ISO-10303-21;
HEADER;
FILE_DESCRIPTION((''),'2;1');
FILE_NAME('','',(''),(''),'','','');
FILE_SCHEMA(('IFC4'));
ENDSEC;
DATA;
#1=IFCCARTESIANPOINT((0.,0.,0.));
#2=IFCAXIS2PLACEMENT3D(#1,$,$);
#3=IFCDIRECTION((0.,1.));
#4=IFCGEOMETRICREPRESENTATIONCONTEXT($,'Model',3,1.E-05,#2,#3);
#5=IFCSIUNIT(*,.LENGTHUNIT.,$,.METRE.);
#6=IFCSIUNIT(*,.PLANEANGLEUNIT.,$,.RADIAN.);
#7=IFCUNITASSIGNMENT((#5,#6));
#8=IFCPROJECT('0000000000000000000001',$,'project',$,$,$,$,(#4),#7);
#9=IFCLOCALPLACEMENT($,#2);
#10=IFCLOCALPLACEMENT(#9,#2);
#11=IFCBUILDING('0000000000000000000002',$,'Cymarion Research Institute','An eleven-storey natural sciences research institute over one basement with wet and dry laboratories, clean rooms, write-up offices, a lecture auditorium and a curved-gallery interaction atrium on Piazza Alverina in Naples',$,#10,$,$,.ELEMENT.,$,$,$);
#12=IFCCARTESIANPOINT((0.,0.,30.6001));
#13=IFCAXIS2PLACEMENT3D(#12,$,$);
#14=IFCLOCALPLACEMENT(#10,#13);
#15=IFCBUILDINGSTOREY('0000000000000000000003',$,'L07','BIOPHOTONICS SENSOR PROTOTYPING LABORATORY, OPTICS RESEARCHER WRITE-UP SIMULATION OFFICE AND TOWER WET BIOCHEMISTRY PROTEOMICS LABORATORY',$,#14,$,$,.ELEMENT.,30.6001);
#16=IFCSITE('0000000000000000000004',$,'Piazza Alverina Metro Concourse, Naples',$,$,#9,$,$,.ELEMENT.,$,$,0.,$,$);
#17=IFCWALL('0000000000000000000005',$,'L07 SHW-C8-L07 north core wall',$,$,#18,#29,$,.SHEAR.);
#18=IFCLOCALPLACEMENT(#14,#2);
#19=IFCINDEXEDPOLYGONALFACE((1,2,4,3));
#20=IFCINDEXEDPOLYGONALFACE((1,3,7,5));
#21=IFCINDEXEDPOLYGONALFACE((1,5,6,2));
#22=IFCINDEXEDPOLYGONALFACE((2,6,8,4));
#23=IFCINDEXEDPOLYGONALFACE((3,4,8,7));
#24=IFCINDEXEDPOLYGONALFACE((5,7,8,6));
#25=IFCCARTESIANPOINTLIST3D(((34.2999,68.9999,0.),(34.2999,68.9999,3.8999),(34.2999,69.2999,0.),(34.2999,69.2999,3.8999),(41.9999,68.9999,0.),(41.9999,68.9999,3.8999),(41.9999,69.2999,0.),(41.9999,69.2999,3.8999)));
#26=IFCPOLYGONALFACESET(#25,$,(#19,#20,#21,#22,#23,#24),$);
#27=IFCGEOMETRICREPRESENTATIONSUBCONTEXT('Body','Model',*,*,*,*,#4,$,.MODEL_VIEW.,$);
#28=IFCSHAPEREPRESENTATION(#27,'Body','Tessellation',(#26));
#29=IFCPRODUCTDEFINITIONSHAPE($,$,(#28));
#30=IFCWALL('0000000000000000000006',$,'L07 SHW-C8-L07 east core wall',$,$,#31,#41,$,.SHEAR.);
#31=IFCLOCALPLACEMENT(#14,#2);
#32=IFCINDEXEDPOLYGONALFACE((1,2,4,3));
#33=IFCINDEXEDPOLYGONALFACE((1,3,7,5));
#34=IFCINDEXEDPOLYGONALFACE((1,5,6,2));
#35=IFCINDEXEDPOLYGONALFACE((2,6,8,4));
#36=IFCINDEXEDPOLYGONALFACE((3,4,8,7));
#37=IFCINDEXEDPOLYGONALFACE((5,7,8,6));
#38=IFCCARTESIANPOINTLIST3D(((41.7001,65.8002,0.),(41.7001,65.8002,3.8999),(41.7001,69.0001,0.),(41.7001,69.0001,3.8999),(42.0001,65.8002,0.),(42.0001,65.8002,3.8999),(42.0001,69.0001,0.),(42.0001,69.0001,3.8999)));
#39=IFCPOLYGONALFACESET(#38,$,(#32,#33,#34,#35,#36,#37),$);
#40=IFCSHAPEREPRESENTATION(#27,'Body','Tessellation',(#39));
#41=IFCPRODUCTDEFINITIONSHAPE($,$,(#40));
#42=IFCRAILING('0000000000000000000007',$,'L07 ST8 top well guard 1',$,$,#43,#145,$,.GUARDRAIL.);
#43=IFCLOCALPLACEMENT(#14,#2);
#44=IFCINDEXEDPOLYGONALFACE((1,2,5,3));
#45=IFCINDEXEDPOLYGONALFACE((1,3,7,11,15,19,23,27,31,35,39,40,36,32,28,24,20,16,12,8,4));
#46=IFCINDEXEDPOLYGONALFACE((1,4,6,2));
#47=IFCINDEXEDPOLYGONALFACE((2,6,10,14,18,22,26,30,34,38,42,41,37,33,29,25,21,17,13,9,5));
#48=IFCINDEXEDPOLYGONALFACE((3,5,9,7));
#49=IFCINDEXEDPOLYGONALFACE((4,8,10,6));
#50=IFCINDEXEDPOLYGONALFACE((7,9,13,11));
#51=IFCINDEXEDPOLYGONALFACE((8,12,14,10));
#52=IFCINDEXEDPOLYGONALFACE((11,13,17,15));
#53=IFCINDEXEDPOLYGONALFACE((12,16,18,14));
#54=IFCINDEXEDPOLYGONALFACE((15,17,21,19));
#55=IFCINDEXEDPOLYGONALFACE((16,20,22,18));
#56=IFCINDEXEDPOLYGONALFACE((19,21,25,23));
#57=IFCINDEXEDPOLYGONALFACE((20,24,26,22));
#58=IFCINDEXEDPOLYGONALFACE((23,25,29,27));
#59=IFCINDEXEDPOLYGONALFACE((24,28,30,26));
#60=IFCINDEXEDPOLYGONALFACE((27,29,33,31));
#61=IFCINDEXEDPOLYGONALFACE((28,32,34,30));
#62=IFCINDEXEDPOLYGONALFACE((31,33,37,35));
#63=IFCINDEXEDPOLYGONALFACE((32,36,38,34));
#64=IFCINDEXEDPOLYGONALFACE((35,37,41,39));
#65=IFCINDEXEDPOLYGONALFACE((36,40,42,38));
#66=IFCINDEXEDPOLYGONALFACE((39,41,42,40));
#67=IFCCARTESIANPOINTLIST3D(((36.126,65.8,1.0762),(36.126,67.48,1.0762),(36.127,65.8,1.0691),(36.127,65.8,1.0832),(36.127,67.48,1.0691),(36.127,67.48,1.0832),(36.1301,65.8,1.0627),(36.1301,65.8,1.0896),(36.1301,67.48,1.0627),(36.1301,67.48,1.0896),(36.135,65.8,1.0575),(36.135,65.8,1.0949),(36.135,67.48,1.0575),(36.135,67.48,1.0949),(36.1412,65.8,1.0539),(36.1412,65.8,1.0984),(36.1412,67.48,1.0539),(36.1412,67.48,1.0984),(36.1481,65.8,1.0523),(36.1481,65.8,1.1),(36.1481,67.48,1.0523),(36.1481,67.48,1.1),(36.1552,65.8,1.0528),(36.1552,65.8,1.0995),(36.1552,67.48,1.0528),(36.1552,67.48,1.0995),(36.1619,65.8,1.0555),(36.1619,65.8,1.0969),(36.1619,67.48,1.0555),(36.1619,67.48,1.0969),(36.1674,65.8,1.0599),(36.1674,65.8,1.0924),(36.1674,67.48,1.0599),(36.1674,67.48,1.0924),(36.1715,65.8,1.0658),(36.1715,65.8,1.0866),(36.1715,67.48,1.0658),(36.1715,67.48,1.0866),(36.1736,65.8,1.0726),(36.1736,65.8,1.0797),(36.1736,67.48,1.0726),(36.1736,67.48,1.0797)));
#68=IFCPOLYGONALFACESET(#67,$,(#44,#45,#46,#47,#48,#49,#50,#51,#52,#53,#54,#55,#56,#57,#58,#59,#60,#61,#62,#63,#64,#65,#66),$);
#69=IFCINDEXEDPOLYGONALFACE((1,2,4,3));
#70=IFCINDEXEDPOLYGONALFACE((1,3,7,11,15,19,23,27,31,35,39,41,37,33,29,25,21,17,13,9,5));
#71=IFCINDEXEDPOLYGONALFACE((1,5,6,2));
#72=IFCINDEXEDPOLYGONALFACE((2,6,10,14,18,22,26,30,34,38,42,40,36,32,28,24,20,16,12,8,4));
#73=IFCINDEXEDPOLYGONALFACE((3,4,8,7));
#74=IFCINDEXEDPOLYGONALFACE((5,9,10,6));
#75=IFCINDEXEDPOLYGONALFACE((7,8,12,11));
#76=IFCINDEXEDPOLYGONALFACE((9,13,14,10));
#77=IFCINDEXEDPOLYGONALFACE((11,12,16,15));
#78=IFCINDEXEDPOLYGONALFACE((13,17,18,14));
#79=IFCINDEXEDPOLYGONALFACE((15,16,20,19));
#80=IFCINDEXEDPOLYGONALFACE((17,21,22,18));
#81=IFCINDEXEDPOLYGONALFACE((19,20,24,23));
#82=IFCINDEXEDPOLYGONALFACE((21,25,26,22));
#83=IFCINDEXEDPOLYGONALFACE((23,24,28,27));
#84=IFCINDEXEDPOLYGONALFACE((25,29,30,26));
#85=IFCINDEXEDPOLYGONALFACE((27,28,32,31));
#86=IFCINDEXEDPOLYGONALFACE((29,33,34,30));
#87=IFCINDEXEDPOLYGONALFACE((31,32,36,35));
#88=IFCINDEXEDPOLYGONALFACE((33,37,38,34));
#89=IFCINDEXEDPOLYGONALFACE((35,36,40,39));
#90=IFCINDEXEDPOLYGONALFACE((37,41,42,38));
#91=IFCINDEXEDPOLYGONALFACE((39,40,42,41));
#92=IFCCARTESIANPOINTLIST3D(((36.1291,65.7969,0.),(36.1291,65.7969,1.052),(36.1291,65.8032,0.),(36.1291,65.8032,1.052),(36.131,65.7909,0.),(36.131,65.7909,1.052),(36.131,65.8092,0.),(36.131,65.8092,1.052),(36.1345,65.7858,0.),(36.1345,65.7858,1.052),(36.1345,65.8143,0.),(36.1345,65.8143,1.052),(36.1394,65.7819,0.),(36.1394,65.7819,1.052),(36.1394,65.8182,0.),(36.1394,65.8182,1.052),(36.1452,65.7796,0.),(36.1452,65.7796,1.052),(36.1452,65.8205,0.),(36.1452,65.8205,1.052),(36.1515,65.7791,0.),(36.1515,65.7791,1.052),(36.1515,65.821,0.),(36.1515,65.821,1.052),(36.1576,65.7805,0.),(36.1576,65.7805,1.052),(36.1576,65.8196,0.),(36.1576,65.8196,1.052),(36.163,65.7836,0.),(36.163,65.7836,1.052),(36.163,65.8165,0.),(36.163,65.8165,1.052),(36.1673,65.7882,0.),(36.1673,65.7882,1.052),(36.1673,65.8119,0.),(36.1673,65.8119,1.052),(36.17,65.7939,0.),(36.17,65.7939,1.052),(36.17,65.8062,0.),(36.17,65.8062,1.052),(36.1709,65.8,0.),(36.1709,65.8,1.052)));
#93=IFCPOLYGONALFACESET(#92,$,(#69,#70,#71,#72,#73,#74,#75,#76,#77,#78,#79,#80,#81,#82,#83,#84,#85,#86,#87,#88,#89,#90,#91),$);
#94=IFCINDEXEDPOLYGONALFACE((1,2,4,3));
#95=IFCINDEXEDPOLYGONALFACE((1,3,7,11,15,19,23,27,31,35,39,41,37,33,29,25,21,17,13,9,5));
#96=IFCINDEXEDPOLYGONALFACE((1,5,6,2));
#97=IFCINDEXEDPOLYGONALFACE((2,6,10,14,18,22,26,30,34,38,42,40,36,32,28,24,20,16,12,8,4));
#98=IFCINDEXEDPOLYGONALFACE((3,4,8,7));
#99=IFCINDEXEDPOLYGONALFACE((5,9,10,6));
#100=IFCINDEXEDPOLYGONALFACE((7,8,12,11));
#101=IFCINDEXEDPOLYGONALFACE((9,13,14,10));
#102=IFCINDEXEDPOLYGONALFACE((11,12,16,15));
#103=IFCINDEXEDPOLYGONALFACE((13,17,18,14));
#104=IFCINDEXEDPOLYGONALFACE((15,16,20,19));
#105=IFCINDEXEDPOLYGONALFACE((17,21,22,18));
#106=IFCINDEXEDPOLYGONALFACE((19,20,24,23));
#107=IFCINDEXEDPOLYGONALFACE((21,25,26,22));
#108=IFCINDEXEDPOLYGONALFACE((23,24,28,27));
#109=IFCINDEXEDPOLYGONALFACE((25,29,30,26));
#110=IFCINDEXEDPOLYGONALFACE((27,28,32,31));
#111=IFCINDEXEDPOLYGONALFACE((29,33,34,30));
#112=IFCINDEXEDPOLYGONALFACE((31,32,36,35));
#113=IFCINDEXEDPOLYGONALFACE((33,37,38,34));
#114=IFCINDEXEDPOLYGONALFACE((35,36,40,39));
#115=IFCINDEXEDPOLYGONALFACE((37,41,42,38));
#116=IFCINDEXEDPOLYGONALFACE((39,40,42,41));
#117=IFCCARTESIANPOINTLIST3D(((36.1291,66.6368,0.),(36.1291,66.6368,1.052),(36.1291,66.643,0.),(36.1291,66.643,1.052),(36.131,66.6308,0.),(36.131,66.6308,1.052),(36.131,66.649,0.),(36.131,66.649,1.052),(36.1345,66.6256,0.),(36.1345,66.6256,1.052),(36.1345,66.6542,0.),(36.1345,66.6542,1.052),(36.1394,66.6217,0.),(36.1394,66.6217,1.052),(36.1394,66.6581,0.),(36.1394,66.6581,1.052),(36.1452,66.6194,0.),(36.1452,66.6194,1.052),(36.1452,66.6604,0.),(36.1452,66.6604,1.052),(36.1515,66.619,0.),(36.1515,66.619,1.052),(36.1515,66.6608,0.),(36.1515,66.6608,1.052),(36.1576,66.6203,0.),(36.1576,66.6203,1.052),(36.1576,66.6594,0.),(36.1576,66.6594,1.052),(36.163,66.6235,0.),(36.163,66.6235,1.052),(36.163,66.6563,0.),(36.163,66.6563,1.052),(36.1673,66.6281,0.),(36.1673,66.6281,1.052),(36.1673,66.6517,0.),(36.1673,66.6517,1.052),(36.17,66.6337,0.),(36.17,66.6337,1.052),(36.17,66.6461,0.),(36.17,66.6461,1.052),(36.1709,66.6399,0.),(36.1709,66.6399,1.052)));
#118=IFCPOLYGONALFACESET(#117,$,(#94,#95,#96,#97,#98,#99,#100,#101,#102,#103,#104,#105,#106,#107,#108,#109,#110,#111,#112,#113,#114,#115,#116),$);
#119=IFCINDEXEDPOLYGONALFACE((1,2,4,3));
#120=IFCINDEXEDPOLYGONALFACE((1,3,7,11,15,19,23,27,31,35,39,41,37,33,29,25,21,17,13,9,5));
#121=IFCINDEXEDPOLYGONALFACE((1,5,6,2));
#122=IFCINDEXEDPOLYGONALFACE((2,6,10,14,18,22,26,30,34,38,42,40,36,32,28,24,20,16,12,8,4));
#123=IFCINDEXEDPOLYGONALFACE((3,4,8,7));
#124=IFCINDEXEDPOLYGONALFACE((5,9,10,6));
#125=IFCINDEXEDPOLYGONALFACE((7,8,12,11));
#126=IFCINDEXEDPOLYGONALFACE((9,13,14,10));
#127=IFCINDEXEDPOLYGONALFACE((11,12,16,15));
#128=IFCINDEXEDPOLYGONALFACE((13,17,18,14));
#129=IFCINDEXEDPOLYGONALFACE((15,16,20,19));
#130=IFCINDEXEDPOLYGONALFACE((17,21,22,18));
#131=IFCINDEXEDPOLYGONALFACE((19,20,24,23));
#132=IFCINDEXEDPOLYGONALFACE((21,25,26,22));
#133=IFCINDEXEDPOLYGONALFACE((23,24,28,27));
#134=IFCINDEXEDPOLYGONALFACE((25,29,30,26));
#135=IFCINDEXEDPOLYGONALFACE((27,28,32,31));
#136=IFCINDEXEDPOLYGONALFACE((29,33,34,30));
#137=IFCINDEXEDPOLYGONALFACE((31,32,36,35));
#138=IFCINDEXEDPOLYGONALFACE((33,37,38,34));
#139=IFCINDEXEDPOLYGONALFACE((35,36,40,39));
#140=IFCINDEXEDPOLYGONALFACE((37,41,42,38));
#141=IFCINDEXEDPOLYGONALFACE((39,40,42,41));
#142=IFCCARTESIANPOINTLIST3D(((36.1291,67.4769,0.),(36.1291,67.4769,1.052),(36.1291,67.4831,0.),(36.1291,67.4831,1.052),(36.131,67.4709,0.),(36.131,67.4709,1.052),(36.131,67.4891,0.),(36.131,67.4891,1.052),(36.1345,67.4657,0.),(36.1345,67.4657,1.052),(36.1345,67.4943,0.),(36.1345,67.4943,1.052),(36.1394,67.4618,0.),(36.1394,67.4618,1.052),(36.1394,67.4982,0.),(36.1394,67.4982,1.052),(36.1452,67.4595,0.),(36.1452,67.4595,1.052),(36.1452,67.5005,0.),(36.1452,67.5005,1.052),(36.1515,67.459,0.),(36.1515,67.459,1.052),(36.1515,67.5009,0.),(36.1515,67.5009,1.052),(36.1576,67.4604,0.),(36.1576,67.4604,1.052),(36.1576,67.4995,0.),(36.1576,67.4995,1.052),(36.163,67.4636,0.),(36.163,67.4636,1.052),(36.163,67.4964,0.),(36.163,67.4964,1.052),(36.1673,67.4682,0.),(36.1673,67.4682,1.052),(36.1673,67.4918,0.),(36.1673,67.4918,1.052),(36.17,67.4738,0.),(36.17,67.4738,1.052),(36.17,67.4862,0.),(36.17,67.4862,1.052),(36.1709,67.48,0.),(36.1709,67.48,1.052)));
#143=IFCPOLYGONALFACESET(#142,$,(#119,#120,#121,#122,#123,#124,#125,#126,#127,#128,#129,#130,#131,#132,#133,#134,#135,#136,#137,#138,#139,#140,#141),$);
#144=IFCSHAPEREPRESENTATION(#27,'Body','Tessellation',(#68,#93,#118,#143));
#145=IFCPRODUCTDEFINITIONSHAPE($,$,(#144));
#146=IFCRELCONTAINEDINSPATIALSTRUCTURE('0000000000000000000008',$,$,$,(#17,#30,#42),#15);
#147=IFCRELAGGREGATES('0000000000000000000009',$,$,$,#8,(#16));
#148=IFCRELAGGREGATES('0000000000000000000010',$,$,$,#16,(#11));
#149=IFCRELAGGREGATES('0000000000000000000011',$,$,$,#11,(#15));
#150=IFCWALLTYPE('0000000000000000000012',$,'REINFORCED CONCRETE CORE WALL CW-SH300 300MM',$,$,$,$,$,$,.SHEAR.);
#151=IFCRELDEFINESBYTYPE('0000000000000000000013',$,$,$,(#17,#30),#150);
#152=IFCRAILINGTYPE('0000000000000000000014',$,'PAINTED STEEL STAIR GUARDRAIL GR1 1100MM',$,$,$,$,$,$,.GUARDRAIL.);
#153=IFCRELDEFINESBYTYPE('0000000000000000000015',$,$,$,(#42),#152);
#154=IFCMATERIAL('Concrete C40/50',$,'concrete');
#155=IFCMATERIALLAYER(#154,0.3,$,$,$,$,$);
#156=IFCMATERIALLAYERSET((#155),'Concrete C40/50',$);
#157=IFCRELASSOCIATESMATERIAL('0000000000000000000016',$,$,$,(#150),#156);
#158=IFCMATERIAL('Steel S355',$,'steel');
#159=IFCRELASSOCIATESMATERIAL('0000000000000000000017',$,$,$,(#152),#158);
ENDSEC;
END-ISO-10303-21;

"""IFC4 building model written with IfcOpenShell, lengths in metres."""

from ifc_helpers import new_model, si_unit, direction, frame, frame_2d, origin, origin_2d, place, context, subcontext, project, spatial, rectangle, circle, extrude, material, layer, layer_set, type_object, element, save


model = new_model("IFC4")

# Units and contexts
model_context = context("Model", 3, precision=1e-05, world=origin(), true_north=direction((0.0, 1.0)))
body_context = subcontext(model_context, "Body", "Model", "MODEL_VIEW")
ifc_project = project(units=[si_unit("LENGTHUNIT", "METRE"), si_unit("PLANEANGLEUNIT", "RADIAN")], contexts=[model_context])

# Site, building, storey
site_placement = place(None, origin())
site = spatial("IfcSite", under=ifc_project, at=site_placement, Name="Piazza Alverina Metro Concourse, Naples", CompositionType="ELEMENT", RefElevation=0.0)
building_placement = place(site_placement, origin())
building = spatial("IfcBuilding", under=site, at=building_placement, Name="Cymarion Research Institute", Description="An eleven-storey natural sciences research institute over one basement with wet and dry laboratories, clean rooms, write-up offices, a lecture auditorium and a curved-gallery interaction atrium on Piazza Alverina in Naples", CompositionType="ELEMENT")
storey_placement = place(building_placement, frame((0.0, 0.0, 30.6001)))
storey = spatial("IfcBuildingStorey", under=building, at=storey_placement, Name="L07", Description="BIOPHOTONICS SENSOR PROTOTYPING LABORATORY, OPTICS RESEARCHER WRITE-UP SIMULATION OFFICE AND TOWER WET BIOCHEMISTRY PROTEOMICS LABORATORY", CompositionType="ELEMENT", Elevation=30.6001)

# Wall
ifc_material_1 = material(Name="Concrete C40/50", Category="concrete")
ifc_layer_1 = layer(ifc_material_1, 0.3)
ifc_layer_set_1 = layer_set([ifc_layer_1], Name="Concrete C40/50")
wall_type_1 = type_object("IfcWallType", Name="REINFORCED CONCRETE CORE WALL CW-SH300 300MM", PredefinedType="SHEAR", material=ifc_layer_set_1)
wall_1_placement = place(storey_placement, frame((42.0, 69.1499, 0.0), z_axis=(0.0, 0.0, 1.0), x_axis=(-1.0, 0.0, 0.0)))
element("IfcWall", 1, at=wall_1_placement, inside=storey, type_object=wall_type_1, Name="L07 SHW-C8-L07 north core wall", PredefinedType="SHEAR", context=body_context, shape_type="SweptSolid", body=[
    extrude(rectangle(XDim=7.7, YDim=0.3, at=frame_2d((3.8501, 0.0))), origin(), (0.0, 0.0, 1.0), 3.8999),
])

# Wall
wall_2_placement = place(storey_placement, frame((41.8501, 65.8, 0.0), z_axis=(0.0, 0.0, 1.0), x_axis=(0.0, 1.0, 0.0)))
element("IfcWall", 2, at=wall_2_placement, inside=storey, type_object=wall_type_1, Name="L07 SHW-C8-L07 east core wall", PredefinedType="SHEAR", context=body_context, shape_type="SweptSolid", body=[
    extrude(rectangle(XDim=3.2, YDim=0.3, at=frame_2d((1.6001, 0.0))), origin(), (0.0, 0.0, 1.0), 3.8999),
])

# Railing
ifc_material_2 = material(Name="Steel S355", Category="steel")
railing_type = type_object("IfcRailingType", Name="PAINTED STEEL STAIR GUARDRAIL GR1 1100MM", PredefinedType="GUARDRAIL", material=ifc_material_2)
railing_placement = place(storey_placement, frame((36.1499, 65.8, 0.0)))
element("IfcRailing", 3, at=railing_placement, inside=storey, type_object=railing_type, Name="L07 ST8 top well guard 1", PredefinedType="GUARDRAIL", context=body_context, shape_type="SweptSolid", body=[
    extrude(circle(Radius=0.0239, at=origin_2d()), frame((0.0, 0.0, 1.0762), z_axis=(0.0, 1.0, 0.0), x_axis=(-1.0, 0.0, 0.0)), (0.0, 0.0, 1.0), 1.6799),
    extrude(circle(Radius=0.021, at=origin_2d()), origin(), (0.0, 0.0, 1.0), 1.052),
    extrude(circle(Radius=0.021, at=origin_2d()), frame((0.0, 0.8398, 0.0)), (0.0, 0.0, 1.0), 1.052),
    extrude(circle(Radius=0.021, at=origin_2d()), frame((0.0, 1.6799, 0.0)), (0.0, 0.0, 1.0), 1.052),
])

save(model, "model.ifc")
